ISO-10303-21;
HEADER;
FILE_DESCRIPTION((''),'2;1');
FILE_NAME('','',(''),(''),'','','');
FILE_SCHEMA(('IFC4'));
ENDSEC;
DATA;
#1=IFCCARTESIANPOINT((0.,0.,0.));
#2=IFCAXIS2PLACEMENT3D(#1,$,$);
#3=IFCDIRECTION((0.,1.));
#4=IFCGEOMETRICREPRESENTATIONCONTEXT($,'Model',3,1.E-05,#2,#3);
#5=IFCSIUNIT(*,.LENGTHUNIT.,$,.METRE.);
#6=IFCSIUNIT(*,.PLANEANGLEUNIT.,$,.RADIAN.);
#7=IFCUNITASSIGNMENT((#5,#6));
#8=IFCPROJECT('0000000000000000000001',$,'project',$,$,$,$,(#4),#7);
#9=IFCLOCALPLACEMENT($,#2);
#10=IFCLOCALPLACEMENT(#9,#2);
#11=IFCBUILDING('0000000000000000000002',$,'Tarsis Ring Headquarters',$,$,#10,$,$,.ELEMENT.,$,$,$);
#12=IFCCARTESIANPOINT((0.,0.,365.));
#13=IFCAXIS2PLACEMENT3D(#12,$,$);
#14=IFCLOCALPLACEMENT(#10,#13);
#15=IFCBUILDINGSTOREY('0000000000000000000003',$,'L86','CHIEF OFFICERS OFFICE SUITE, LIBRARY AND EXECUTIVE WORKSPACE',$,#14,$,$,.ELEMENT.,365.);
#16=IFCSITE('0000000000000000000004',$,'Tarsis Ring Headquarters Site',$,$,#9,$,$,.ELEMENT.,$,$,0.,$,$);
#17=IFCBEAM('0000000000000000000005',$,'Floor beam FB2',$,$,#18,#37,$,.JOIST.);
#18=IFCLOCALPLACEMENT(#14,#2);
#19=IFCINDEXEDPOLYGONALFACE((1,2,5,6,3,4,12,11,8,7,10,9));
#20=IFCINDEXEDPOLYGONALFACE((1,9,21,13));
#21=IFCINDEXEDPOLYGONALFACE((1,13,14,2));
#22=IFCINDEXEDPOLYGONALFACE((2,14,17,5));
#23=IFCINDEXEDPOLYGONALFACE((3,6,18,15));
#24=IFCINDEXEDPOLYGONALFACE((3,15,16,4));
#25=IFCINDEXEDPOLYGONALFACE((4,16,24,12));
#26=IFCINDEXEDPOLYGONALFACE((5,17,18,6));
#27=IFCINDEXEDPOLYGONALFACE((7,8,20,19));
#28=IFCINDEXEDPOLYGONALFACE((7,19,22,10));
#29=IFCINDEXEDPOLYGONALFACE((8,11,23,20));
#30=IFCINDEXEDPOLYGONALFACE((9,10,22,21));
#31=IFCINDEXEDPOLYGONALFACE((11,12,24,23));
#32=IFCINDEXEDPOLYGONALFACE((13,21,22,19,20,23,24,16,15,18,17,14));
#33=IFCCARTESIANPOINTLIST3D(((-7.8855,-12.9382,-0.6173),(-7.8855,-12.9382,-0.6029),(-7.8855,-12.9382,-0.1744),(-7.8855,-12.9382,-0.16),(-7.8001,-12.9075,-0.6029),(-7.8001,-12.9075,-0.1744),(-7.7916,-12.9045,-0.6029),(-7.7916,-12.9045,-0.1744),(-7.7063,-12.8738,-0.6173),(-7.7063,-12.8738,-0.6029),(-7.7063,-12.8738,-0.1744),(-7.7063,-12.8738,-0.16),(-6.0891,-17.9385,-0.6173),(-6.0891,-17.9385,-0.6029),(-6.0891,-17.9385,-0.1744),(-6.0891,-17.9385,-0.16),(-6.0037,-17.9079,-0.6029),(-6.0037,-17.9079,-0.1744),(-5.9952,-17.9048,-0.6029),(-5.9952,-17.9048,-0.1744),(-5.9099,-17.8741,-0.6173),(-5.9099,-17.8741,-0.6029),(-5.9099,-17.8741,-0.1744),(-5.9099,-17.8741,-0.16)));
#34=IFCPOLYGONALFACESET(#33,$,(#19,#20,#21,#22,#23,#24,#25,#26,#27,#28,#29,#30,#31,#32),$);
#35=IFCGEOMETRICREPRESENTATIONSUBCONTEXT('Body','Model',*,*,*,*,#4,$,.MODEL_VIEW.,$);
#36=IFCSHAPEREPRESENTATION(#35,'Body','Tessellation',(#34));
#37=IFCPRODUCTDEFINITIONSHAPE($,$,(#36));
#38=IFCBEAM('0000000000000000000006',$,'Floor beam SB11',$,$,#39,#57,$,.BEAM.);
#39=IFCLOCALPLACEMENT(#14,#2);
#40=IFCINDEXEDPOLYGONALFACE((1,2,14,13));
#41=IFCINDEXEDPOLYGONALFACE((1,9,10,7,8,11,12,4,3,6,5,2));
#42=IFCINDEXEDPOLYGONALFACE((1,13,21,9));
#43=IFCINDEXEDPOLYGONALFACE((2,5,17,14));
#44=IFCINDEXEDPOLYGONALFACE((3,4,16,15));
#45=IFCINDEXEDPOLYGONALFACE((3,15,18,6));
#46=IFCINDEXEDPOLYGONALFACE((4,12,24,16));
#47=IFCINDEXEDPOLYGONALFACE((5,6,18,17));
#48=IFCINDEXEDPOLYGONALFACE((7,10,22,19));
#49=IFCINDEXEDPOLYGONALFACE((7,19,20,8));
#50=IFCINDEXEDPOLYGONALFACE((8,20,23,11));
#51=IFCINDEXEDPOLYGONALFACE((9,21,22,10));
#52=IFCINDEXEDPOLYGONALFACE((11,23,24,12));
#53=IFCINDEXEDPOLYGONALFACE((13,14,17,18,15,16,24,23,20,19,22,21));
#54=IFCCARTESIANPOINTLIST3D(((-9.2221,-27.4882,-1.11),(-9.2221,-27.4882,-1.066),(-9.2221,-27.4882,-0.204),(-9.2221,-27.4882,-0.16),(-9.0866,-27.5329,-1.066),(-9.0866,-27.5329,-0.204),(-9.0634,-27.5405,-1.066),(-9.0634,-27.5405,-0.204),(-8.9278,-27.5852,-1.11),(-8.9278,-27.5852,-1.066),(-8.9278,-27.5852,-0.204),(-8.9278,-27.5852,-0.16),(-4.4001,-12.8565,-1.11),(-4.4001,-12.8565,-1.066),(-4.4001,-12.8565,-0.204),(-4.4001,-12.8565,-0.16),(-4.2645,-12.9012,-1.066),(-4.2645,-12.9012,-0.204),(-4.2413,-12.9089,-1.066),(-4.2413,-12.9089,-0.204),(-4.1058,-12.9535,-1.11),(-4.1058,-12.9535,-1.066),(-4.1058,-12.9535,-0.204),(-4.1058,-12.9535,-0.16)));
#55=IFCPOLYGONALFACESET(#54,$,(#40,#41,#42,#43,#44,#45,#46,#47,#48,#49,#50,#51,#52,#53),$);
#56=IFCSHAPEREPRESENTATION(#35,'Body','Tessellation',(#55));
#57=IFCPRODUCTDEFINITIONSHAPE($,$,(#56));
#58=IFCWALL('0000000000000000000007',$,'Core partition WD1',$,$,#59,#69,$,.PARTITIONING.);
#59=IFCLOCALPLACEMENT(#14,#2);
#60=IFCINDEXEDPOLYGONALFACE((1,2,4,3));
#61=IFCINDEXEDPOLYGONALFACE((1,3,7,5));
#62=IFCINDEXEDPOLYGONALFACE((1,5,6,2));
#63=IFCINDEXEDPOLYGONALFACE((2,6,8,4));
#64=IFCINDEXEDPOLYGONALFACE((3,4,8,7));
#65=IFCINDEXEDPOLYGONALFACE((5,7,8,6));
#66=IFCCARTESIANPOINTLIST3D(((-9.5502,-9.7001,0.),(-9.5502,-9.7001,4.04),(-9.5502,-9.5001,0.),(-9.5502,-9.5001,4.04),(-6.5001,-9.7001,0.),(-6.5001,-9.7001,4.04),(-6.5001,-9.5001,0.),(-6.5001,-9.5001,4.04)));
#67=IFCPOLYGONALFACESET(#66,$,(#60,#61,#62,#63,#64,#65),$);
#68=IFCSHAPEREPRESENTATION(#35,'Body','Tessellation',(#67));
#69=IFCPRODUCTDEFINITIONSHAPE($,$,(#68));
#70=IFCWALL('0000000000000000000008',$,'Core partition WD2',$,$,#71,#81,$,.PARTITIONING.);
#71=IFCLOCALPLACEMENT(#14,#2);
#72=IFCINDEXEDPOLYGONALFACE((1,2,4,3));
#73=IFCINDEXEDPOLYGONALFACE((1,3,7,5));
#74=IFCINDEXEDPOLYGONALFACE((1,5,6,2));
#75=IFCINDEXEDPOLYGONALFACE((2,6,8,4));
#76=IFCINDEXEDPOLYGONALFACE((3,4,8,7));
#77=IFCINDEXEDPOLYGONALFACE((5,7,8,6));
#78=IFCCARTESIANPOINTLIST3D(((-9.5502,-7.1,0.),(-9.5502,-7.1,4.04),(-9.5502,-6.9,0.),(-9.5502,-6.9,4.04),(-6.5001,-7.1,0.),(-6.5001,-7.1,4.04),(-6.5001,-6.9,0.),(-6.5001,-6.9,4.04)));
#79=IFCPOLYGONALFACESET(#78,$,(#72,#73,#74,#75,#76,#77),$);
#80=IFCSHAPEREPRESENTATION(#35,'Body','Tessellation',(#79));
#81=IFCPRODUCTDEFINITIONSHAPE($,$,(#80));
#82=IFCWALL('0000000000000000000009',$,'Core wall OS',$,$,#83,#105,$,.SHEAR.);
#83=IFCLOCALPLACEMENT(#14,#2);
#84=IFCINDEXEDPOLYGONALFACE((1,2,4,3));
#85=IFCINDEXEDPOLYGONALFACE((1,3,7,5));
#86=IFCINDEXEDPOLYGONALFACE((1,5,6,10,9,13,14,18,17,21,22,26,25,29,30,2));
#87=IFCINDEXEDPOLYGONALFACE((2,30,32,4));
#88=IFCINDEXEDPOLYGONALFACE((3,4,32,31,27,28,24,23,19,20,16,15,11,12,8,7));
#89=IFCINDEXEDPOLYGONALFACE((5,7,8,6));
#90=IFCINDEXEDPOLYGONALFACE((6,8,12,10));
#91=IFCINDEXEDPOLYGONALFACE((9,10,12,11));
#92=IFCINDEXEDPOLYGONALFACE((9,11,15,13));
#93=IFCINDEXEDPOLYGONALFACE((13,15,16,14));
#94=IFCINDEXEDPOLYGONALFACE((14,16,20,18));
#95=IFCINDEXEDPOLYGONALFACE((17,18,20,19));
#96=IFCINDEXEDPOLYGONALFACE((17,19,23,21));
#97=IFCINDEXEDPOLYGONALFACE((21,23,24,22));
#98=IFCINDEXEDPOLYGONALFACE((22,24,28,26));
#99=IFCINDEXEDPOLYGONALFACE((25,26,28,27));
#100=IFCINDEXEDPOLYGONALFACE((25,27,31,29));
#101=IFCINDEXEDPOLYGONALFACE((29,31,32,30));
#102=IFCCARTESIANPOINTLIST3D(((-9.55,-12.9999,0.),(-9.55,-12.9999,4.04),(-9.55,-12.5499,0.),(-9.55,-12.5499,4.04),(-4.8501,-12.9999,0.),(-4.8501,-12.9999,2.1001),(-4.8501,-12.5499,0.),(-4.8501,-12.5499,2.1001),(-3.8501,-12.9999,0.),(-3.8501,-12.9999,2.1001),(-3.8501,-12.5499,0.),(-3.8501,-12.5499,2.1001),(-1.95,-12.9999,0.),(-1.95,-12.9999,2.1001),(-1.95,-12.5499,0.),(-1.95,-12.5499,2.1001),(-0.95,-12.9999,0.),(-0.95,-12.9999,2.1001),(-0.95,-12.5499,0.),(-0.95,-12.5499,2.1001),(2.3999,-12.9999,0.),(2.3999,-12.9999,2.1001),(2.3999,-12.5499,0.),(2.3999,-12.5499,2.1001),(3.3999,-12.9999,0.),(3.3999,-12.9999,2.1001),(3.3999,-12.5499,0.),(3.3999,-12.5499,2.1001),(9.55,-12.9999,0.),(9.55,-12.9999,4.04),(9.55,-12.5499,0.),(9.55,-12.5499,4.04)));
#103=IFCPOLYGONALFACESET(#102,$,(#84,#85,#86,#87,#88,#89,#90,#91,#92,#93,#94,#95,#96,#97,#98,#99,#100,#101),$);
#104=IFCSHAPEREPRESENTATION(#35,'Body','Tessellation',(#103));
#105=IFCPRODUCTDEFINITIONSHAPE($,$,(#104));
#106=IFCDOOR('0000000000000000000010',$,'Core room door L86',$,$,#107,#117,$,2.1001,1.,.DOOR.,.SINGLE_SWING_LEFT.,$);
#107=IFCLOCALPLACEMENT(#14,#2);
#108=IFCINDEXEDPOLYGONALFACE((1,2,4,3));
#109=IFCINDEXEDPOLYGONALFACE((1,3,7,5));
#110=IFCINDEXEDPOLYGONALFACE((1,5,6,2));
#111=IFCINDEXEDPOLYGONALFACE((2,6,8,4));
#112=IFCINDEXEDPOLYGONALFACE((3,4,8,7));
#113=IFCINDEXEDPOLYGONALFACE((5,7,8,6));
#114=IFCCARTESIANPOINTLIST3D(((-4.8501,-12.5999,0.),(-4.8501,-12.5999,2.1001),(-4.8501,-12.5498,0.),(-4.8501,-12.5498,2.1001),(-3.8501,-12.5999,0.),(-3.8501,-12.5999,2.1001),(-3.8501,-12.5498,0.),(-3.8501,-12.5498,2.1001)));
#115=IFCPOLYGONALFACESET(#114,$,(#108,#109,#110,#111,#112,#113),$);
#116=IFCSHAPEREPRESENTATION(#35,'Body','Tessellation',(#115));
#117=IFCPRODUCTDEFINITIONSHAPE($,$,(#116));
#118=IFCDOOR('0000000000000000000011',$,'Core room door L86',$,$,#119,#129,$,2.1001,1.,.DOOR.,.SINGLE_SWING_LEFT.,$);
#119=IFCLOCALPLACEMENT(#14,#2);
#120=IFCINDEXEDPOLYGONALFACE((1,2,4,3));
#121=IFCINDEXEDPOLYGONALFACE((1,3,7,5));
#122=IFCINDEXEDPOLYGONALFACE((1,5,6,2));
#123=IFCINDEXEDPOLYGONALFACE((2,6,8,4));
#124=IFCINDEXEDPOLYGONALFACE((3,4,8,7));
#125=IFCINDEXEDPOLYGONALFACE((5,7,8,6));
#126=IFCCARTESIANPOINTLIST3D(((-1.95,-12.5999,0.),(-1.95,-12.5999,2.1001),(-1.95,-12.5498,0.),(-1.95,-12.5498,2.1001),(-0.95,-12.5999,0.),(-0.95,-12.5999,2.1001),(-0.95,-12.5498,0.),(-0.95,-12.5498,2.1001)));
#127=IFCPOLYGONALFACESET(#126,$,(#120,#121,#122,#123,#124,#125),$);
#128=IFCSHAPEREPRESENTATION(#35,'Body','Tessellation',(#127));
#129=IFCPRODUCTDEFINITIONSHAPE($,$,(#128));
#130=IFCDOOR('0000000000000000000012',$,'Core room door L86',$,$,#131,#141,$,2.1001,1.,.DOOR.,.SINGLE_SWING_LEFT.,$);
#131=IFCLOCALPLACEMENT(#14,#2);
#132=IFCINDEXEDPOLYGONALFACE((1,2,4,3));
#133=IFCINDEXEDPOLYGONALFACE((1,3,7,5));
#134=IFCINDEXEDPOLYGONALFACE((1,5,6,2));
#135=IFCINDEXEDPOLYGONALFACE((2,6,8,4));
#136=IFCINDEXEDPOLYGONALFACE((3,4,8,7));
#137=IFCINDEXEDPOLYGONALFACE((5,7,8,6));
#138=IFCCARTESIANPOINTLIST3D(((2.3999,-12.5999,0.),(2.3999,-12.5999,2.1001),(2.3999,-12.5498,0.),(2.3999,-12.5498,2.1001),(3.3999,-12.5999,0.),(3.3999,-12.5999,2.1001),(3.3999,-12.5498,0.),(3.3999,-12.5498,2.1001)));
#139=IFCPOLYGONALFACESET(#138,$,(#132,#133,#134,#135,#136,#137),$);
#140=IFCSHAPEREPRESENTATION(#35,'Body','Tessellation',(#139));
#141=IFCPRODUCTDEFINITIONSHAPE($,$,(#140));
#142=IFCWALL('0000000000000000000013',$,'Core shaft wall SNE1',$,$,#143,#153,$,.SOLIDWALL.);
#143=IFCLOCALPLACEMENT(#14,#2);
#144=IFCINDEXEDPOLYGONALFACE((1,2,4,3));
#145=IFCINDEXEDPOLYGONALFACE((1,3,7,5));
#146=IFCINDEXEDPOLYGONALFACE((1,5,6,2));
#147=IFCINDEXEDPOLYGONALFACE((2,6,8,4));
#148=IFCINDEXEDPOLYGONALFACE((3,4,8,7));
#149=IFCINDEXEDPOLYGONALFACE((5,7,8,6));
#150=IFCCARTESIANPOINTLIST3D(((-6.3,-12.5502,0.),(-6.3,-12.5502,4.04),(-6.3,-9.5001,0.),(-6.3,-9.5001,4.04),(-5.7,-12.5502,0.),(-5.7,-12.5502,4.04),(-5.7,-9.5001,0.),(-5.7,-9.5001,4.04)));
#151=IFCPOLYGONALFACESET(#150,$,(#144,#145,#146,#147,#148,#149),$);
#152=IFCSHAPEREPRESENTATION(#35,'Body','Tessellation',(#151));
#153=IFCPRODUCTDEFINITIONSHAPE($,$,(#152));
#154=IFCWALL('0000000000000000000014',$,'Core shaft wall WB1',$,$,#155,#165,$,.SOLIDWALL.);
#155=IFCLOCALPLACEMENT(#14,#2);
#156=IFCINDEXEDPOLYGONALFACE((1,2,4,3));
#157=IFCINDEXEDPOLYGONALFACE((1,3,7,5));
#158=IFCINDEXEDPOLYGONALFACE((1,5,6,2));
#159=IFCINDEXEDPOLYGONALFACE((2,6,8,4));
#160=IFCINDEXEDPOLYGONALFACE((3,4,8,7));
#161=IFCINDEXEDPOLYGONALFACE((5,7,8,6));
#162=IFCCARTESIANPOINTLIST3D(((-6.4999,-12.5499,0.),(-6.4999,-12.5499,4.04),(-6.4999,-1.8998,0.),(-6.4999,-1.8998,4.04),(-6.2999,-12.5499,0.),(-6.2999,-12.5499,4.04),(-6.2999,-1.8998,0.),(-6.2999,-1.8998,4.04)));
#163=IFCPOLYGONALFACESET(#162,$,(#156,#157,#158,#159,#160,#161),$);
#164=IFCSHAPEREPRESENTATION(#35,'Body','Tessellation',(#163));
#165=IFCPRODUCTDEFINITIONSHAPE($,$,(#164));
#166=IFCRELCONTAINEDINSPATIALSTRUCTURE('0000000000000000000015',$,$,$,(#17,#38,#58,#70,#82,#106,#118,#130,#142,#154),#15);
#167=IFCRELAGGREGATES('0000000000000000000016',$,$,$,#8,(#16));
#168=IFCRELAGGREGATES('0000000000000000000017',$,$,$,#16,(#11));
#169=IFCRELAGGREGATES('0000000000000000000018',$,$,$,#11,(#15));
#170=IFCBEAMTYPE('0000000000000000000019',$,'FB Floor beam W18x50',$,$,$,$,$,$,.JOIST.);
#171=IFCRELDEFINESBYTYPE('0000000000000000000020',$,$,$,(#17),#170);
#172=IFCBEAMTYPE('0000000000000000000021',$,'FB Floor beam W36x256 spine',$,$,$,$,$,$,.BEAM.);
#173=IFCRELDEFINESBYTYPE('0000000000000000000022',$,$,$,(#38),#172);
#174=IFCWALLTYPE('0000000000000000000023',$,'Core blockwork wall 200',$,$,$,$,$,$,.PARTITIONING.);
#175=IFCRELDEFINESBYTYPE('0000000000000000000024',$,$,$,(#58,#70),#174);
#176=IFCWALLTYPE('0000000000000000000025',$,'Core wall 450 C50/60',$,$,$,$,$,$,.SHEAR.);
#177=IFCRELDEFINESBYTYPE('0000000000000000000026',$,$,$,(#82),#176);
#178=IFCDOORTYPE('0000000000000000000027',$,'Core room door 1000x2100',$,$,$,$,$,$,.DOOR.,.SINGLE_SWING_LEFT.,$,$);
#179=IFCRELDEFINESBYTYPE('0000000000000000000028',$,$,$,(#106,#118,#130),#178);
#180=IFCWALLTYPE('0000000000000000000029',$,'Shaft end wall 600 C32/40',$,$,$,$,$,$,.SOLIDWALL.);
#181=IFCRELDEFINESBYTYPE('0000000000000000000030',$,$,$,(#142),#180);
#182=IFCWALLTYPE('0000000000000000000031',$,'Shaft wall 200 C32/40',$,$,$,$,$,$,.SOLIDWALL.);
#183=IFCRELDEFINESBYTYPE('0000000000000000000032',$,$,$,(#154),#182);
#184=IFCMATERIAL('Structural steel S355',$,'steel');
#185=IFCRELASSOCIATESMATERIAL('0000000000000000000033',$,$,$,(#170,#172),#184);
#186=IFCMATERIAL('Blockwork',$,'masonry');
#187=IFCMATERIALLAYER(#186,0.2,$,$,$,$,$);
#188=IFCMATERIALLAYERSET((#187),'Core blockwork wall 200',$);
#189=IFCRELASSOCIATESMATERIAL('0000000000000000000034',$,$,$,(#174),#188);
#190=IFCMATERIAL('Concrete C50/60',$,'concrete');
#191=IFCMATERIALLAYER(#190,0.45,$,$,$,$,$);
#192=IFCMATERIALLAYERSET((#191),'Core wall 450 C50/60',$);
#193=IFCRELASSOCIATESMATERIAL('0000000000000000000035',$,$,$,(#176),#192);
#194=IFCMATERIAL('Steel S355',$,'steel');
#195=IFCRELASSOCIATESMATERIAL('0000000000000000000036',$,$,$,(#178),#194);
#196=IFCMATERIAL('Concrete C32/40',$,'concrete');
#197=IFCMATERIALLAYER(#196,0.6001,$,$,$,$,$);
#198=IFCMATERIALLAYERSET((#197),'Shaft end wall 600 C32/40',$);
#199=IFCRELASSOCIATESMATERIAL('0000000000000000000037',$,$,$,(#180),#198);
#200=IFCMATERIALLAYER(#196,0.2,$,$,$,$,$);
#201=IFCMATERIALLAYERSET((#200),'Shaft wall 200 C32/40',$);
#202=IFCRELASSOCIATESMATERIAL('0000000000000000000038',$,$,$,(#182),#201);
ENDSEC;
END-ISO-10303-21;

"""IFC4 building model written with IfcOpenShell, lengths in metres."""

from ifc_helpers import new_model, si_unit, direction, frame, frame_2d, origin, origin_2d, place, context, subcontext, project, spatial, rectangle, i_section, extrude, material, layer, layer_set, material_profile, profile_set, type_object, element, fill, save


model = new_model("IFC4")

# Units and contexts
model_context = context("Model", 3, precision=1e-05, world=origin(), true_north=direction((0.0, 1.0)))
body_context = subcontext(model_context, "Body", "Model", "MODEL_VIEW")
ifc_project = project(units=[si_unit("LENGTHUNIT", "METRE"), si_unit("PLANEANGLEUNIT", "RADIAN")], contexts=[model_context])

# Site, building, storey
site_placement = place(None, origin())
site = spatial("IfcSite", under=ifc_project, at=site_placement, Name="Tarsis Ring Headquarters Site", CompositionType="ELEMENT", RefElevation=0.0)
building_placement = place(site_placement, origin())
building = spatial("IfcBuilding", under=site, at=building_placement, Name="Tarsis Ring Headquarters", CompositionType="ELEMENT")
storey_placement = place(building_placement, frame((0.0, 0.0, 365.0)))
storey = spatial("IfcBuildingStorey", under=building, at=storey_placement, Name="L86", Description="CHIEF OFFICERS OFFICE SUITE, LIBRARY AND EXECUTIVE WORKSPACE", CompositionType="ELEMENT", Elevation=365.0)

# Beams
ifc_material_1 = material(Name="Structural steel S355", Category="steel")
ifc_material_profile_1 = material_profile(ifc_material_1, i_section(OverallWidth=0.1904, OverallDepth=0.4573, WebThickness=0.009, FlangeThickness=0.0144, at=origin_2d()), Name="W18x50")
ifc_profile_set_1 = profile_set([ifc_material_profile_1], Name="Structural steel S355")
beam_type_1 = type_object("IfcBeamType", Name="FB Floor beam W18x50", PredefinedType="JOIST", material=ifc_profile_set_1)
beam_1_placement = place(storey_placement, frame((-7.7959, -12.906, -0.3887), z_axis=(0.338103, -0.941109, 0.0), x_axis=(0.941109, 0.338103, 0.0)))
element("IfcBeam", 1, at=beam_1_placement, inside=storey, type_object=beam_type_1, Name="Floor beam FB2", PredefinedType="JOIST", context=body_context, shape_type="SweptSolid", body=[
    extrude(i_section(OverallWidth=0.1904, OverallDepth=0.4573, WebThickness=0.009, FlangeThickness=0.0144, at=origin_2d()), origin(), (0.0, 0.0, 1.0), 5.3132),
])
ifc_material_profile_2 = material_profile(ifc_material_1, i_section(OverallWidth=0.3098, OverallDepth=0.95, WebThickness=0.0244, FlangeThickness=0.0439, at=origin_2d()), Name="W36x256")
ifc_profile_set_2 = profile_set([ifc_material_profile_2], Name="Structural steel S355")
beam_type_2 = type_object("IfcBeamType", Name="FB Floor beam W36x256 spine", PredefinedType="BEAM", material=ifc_profile_set_2)
beam_2_placement = place(storey_placement, frame((-4.2529, -12.905, -0.635), z_axis=(-0.313003, -0.949752, 0.0), x_axis=(0.949752, -0.313003, 0.0)))
element("IfcBeam", 2, at=beam_2_placement, inside=storey, type_object=beam_type_2, Name="Floor beam SB11", PredefinedType="BEAM", context=body_context, shape_type="SweptSolid", body=[
    extrude(i_section(OverallWidth=0.3098, OverallDepth=0.95, WebThickness=0.0244, FlangeThickness=0.0439, at=origin_2d()), origin(), (0.0, 0.0, 1.0), 15.4058),
])

# Walls
ifc_material_2 = material(Name="Blockwork", Category="masonry")
ifc_layer_1 = layer(ifc_material_2, 0.2)
ifc_layer_set_1 = layer_set([ifc_layer_1], Name="Core blockwork wall 200")
wall_type_1 = type_object("IfcWallType", Name="Core blockwork wall 200", PredefinedType="PARTITIONING", material=ifc_layer_set_1)
for number, where, z_axis, x_axis, name in (
    (3, (-9.55, -9.6001, 0.0), (0.0, 0.0, 1.0), (1.0, 0.0, 0.0), "Core partition WD1"),
    (4, (-9.55, -7.0, 0.0), (0.0, 0.0, 1.0), (1.0, 0.0, 0.0), "Core partition WD2"),
):
    element("IfcWall", number, at=place(storey_placement, frame(where, z_axis=z_axis, x_axis=x_axis)), inside=storey, type_object=wall_type_1, Name=name, PredefinedType="PARTITIONING", context=body_context, shape_type="SweptSolid", body=[
        extrude(rectangle(XDim=3.05, YDim=0.2, at=frame_2d((1.5249, 0.0))), origin(), (0.0, 0.0, 1.0), 4.04),
    ])

# Wall, openings, doors
ifc_material_3 = material(Name="Concrete C50/60", Category="concrete")
ifc_layer_2 = layer(ifc_material_3, 0.45)
ifc_layer_set_2 = layer_set([ifc_layer_2], Name="Core wall 450 C50/60")
wall_type_2 = type_object("IfcWallType", Name="Core wall 450 C50/60", PredefinedType="SHEAR", material=ifc_layer_set_2)
wall_1_placement = place(storey_placement, frame((-9.55, -12.7749, 0.0), z_axis=(0.0, 0.0, 1.0), x_axis=(1.0, 0.0, 0.0)))
wall_1 = element("IfcWall", 5, at=wall_1_placement, inside=storey, type_object=wall_type_2, Name="Core wall OS", PredefinedType="SHEAR", context=body_context, shape_type="SweptSolid", body=[
    extrude(rectangle(XDim=19.1001, YDim=0.45, at=frame_2d((9.55, 0.0))), origin(), (0.0, 0.0, 1.0), 4.04),
])
opening_1_placement = place(wall_1_placement, frame((4.7, 0.0, 0.0)))
opening_1 = element("IfcOpeningElement", 6, at=opening_1_placement, cuts=wall_1, PredefinedType="OPENING", context=body_context, shape_type="SweptSolid", body=[
    extrude(rectangle(XDim=1.0, YDim=2.1001, at=frame_2d((0.5, 1.05))), frame((0.0, 0.2349, 0.0), z_axis=(0.0, -1.0, 0.0), x_axis=(1.0, 0.0, 0.0)), (0.0, 0.0, 1.0), 0.47),
])
opening_2_placement = place(wall_1_placement, frame((7.6001, 0.0, 0.0)))
opening_2 = element("IfcOpeningElement", 7, at=opening_2_placement, cuts=wall_1, PredefinedType="OPENING", context=body_context, shape_type="SweptSolid", body=[
    extrude(rectangle(XDim=1.0, YDim=2.1001, at=frame_2d((0.5, 1.05))), frame((0.0, 0.2349, 0.0), z_axis=(0.0, -1.0, 0.0), x_axis=(1.0, 0.0, 0.0)), (0.0, 0.0, 1.0), 0.47),
])
opening_3_placement = place(wall_1_placement, frame((11.95, 0.0, 0.0)))
opening_3 = element("IfcOpeningElement", 8, at=opening_3_placement, cuts=wall_1, PredefinedType="OPENING", context=body_context, shape_type="SweptSolid", body=[
    extrude(rectangle(XDim=1.0, YDim=2.1001, at=frame_2d((0.5, 1.05))), frame((0.0, 0.2349, 0.0), z_axis=(0.0, -1.0, 0.0), x_axis=(1.0, 0.0, 0.0)), (0.0, 0.0, 1.0), 0.47),
])
ifc_material_4 = material(Name="Steel S355", Category="steel")
door_type = type_object("IfcDoorType", Name="Core room door 1000x2100", OperationType="SINGLE_SWING_LEFT", PredefinedType="DOOR", material=ifc_material_4)
door_1_placement = place(opening_1_placement, origin())
door_1 = element("IfcDoor", 9, at=door_1_placement, inside=storey, type_object=door_type, Name="Core room door L86", OperationType="SINGLE_SWING_LEFT", OverallHeight=2.1001, OverallWidth=1.0, PredefinedType="DOOR", context=body_context, shape_type="SweptSolid", body=[
    extrude(rectangle(XDim=1.0, YDim=2.1001, at=frame_2d((0.5, 1.05))), frame((0.0, 0.2251, 0.0), z_axis=(0.0, -1.0, 0.0), x_axis=(1.0, 0.0, 0.0)), (0.0, 0.0, 1.0), 0.05),
])
fill(opening_1, door_1)
door_2_placement = place(opening_2_placement, origin())
door_2 = element("IfcDoor", 10, at=door_2_placement, inside=storey, type_object=door_type, Name="Core room door L86", OperationType="SINGLE_SWING_LEFT", OverallHeight=2.1001, OverallWidth=1.0, PredefinedType="DOOR", context=body_context, shape_type="SweptSolid", body=[
    extrude(rectangle(XDim=1.0, YDim=2.1001, at=frame_2d((0.5, 1.05))), frame((0.0, 0.2251, 0.0), z_axis=(0.0, -1.0, 0.0), x_axis=(1.0, 0.0, 0.0)), (0.0, 0.0, 1.0), 0.05),
])
fill(opening_2, door_2)
door_3_placement = place(opening_3_placement, origin())
door_3 = element("IfcDoor", 11, at=door_3_placement, inside=storey, type_object=door_type, Name="Core room door L86", OperationType="SINGLE_SWING_LEFT", OverallHeight=2.1001, OverallWidth=1.0, PredefinedType="DOOR", context=body_context, shape_type="SweptSolid", body=[
    extrude(rectangle(XDim=1.0, YDim=2.1001, at=frame_2d((0.5, 1.05))), frame((0.0, 0.2251, 0.0), z_axis=(0.0, -1.0, 0.0), x_axis=(1.0, 0.0, 0.0)), (0.0, 0.0, 1.0), 0.05),
])
fill(opening_3, door_3)

# Walls
ifc_material_5 = material(Name="Concrete C32/40", Category="concrete")
ifc_layer_3 = layer(ifc_material_5, 0.6001)
ifc_layer_set_3 = layer_set([ifc_layer_3], Name="Shaft end wall 600 C32/40")
wall_type_3 = type_object("IfcWallType", Name="Shaft end wall 600 C32/40", PredefinedType="SOLIDWALL", material=ifc_layer_set_3)
wall_2_placement = place(storey_placement, frame((-6.0, -12.55, 0.0), z_axis=(0.0, 0.0, 1.0), x_axis=(0.0, 1.0, 0.0)))
element("IfcWall", 12, at=wall_2_placement, inside=storey, type_object=wall_type_3, Name="Core shaft wall SNE1", PredefinedType="SOLIDWALL", context=body_context, shape_type="SweptSolid", body=[
    extrude(rectangle(XDim=3.05, YDim=0.6001, at=frame_2d((1.5249, 0.0))), origin(), (0.0, 0.0, 1.0), 4.04),
])
ifc_layer_4 = layer(ifc_material_5, 0.2)
ifc_layer_set_4 = layer_set([ifc_layer_4], Name="Shaft wall 200 C32/40")
wall_type_4 = type_object("IfcWallType", Name="Shaft wall 200 C32/40", PredefinedType="SOLIDWALL", material=ifc_layer_set_4)
wall_3_placement = place(storey_placement, frame((-6.3999, -12.55, 0.0), z_axis=(0.0, 0.0, 1.0), x_axis=(0.0, 1.0, 0.0)))
element("IfcWall", 13, at=wall_3_placement, inside=storey, type_object=wall_type_4, Name="Core shaft wall WB1", PredefinedType="SOLIDWALL", context=body_context, shape_type="SweptSolid", body=[
    extrude(rectangle(XDim=10.6501, YDim=0.2, at=frame_2d((5.3252, 0.0))), origin(), (0.0, 0.0, 1.0), 4.04),
])

save(model, "model.ifc")
